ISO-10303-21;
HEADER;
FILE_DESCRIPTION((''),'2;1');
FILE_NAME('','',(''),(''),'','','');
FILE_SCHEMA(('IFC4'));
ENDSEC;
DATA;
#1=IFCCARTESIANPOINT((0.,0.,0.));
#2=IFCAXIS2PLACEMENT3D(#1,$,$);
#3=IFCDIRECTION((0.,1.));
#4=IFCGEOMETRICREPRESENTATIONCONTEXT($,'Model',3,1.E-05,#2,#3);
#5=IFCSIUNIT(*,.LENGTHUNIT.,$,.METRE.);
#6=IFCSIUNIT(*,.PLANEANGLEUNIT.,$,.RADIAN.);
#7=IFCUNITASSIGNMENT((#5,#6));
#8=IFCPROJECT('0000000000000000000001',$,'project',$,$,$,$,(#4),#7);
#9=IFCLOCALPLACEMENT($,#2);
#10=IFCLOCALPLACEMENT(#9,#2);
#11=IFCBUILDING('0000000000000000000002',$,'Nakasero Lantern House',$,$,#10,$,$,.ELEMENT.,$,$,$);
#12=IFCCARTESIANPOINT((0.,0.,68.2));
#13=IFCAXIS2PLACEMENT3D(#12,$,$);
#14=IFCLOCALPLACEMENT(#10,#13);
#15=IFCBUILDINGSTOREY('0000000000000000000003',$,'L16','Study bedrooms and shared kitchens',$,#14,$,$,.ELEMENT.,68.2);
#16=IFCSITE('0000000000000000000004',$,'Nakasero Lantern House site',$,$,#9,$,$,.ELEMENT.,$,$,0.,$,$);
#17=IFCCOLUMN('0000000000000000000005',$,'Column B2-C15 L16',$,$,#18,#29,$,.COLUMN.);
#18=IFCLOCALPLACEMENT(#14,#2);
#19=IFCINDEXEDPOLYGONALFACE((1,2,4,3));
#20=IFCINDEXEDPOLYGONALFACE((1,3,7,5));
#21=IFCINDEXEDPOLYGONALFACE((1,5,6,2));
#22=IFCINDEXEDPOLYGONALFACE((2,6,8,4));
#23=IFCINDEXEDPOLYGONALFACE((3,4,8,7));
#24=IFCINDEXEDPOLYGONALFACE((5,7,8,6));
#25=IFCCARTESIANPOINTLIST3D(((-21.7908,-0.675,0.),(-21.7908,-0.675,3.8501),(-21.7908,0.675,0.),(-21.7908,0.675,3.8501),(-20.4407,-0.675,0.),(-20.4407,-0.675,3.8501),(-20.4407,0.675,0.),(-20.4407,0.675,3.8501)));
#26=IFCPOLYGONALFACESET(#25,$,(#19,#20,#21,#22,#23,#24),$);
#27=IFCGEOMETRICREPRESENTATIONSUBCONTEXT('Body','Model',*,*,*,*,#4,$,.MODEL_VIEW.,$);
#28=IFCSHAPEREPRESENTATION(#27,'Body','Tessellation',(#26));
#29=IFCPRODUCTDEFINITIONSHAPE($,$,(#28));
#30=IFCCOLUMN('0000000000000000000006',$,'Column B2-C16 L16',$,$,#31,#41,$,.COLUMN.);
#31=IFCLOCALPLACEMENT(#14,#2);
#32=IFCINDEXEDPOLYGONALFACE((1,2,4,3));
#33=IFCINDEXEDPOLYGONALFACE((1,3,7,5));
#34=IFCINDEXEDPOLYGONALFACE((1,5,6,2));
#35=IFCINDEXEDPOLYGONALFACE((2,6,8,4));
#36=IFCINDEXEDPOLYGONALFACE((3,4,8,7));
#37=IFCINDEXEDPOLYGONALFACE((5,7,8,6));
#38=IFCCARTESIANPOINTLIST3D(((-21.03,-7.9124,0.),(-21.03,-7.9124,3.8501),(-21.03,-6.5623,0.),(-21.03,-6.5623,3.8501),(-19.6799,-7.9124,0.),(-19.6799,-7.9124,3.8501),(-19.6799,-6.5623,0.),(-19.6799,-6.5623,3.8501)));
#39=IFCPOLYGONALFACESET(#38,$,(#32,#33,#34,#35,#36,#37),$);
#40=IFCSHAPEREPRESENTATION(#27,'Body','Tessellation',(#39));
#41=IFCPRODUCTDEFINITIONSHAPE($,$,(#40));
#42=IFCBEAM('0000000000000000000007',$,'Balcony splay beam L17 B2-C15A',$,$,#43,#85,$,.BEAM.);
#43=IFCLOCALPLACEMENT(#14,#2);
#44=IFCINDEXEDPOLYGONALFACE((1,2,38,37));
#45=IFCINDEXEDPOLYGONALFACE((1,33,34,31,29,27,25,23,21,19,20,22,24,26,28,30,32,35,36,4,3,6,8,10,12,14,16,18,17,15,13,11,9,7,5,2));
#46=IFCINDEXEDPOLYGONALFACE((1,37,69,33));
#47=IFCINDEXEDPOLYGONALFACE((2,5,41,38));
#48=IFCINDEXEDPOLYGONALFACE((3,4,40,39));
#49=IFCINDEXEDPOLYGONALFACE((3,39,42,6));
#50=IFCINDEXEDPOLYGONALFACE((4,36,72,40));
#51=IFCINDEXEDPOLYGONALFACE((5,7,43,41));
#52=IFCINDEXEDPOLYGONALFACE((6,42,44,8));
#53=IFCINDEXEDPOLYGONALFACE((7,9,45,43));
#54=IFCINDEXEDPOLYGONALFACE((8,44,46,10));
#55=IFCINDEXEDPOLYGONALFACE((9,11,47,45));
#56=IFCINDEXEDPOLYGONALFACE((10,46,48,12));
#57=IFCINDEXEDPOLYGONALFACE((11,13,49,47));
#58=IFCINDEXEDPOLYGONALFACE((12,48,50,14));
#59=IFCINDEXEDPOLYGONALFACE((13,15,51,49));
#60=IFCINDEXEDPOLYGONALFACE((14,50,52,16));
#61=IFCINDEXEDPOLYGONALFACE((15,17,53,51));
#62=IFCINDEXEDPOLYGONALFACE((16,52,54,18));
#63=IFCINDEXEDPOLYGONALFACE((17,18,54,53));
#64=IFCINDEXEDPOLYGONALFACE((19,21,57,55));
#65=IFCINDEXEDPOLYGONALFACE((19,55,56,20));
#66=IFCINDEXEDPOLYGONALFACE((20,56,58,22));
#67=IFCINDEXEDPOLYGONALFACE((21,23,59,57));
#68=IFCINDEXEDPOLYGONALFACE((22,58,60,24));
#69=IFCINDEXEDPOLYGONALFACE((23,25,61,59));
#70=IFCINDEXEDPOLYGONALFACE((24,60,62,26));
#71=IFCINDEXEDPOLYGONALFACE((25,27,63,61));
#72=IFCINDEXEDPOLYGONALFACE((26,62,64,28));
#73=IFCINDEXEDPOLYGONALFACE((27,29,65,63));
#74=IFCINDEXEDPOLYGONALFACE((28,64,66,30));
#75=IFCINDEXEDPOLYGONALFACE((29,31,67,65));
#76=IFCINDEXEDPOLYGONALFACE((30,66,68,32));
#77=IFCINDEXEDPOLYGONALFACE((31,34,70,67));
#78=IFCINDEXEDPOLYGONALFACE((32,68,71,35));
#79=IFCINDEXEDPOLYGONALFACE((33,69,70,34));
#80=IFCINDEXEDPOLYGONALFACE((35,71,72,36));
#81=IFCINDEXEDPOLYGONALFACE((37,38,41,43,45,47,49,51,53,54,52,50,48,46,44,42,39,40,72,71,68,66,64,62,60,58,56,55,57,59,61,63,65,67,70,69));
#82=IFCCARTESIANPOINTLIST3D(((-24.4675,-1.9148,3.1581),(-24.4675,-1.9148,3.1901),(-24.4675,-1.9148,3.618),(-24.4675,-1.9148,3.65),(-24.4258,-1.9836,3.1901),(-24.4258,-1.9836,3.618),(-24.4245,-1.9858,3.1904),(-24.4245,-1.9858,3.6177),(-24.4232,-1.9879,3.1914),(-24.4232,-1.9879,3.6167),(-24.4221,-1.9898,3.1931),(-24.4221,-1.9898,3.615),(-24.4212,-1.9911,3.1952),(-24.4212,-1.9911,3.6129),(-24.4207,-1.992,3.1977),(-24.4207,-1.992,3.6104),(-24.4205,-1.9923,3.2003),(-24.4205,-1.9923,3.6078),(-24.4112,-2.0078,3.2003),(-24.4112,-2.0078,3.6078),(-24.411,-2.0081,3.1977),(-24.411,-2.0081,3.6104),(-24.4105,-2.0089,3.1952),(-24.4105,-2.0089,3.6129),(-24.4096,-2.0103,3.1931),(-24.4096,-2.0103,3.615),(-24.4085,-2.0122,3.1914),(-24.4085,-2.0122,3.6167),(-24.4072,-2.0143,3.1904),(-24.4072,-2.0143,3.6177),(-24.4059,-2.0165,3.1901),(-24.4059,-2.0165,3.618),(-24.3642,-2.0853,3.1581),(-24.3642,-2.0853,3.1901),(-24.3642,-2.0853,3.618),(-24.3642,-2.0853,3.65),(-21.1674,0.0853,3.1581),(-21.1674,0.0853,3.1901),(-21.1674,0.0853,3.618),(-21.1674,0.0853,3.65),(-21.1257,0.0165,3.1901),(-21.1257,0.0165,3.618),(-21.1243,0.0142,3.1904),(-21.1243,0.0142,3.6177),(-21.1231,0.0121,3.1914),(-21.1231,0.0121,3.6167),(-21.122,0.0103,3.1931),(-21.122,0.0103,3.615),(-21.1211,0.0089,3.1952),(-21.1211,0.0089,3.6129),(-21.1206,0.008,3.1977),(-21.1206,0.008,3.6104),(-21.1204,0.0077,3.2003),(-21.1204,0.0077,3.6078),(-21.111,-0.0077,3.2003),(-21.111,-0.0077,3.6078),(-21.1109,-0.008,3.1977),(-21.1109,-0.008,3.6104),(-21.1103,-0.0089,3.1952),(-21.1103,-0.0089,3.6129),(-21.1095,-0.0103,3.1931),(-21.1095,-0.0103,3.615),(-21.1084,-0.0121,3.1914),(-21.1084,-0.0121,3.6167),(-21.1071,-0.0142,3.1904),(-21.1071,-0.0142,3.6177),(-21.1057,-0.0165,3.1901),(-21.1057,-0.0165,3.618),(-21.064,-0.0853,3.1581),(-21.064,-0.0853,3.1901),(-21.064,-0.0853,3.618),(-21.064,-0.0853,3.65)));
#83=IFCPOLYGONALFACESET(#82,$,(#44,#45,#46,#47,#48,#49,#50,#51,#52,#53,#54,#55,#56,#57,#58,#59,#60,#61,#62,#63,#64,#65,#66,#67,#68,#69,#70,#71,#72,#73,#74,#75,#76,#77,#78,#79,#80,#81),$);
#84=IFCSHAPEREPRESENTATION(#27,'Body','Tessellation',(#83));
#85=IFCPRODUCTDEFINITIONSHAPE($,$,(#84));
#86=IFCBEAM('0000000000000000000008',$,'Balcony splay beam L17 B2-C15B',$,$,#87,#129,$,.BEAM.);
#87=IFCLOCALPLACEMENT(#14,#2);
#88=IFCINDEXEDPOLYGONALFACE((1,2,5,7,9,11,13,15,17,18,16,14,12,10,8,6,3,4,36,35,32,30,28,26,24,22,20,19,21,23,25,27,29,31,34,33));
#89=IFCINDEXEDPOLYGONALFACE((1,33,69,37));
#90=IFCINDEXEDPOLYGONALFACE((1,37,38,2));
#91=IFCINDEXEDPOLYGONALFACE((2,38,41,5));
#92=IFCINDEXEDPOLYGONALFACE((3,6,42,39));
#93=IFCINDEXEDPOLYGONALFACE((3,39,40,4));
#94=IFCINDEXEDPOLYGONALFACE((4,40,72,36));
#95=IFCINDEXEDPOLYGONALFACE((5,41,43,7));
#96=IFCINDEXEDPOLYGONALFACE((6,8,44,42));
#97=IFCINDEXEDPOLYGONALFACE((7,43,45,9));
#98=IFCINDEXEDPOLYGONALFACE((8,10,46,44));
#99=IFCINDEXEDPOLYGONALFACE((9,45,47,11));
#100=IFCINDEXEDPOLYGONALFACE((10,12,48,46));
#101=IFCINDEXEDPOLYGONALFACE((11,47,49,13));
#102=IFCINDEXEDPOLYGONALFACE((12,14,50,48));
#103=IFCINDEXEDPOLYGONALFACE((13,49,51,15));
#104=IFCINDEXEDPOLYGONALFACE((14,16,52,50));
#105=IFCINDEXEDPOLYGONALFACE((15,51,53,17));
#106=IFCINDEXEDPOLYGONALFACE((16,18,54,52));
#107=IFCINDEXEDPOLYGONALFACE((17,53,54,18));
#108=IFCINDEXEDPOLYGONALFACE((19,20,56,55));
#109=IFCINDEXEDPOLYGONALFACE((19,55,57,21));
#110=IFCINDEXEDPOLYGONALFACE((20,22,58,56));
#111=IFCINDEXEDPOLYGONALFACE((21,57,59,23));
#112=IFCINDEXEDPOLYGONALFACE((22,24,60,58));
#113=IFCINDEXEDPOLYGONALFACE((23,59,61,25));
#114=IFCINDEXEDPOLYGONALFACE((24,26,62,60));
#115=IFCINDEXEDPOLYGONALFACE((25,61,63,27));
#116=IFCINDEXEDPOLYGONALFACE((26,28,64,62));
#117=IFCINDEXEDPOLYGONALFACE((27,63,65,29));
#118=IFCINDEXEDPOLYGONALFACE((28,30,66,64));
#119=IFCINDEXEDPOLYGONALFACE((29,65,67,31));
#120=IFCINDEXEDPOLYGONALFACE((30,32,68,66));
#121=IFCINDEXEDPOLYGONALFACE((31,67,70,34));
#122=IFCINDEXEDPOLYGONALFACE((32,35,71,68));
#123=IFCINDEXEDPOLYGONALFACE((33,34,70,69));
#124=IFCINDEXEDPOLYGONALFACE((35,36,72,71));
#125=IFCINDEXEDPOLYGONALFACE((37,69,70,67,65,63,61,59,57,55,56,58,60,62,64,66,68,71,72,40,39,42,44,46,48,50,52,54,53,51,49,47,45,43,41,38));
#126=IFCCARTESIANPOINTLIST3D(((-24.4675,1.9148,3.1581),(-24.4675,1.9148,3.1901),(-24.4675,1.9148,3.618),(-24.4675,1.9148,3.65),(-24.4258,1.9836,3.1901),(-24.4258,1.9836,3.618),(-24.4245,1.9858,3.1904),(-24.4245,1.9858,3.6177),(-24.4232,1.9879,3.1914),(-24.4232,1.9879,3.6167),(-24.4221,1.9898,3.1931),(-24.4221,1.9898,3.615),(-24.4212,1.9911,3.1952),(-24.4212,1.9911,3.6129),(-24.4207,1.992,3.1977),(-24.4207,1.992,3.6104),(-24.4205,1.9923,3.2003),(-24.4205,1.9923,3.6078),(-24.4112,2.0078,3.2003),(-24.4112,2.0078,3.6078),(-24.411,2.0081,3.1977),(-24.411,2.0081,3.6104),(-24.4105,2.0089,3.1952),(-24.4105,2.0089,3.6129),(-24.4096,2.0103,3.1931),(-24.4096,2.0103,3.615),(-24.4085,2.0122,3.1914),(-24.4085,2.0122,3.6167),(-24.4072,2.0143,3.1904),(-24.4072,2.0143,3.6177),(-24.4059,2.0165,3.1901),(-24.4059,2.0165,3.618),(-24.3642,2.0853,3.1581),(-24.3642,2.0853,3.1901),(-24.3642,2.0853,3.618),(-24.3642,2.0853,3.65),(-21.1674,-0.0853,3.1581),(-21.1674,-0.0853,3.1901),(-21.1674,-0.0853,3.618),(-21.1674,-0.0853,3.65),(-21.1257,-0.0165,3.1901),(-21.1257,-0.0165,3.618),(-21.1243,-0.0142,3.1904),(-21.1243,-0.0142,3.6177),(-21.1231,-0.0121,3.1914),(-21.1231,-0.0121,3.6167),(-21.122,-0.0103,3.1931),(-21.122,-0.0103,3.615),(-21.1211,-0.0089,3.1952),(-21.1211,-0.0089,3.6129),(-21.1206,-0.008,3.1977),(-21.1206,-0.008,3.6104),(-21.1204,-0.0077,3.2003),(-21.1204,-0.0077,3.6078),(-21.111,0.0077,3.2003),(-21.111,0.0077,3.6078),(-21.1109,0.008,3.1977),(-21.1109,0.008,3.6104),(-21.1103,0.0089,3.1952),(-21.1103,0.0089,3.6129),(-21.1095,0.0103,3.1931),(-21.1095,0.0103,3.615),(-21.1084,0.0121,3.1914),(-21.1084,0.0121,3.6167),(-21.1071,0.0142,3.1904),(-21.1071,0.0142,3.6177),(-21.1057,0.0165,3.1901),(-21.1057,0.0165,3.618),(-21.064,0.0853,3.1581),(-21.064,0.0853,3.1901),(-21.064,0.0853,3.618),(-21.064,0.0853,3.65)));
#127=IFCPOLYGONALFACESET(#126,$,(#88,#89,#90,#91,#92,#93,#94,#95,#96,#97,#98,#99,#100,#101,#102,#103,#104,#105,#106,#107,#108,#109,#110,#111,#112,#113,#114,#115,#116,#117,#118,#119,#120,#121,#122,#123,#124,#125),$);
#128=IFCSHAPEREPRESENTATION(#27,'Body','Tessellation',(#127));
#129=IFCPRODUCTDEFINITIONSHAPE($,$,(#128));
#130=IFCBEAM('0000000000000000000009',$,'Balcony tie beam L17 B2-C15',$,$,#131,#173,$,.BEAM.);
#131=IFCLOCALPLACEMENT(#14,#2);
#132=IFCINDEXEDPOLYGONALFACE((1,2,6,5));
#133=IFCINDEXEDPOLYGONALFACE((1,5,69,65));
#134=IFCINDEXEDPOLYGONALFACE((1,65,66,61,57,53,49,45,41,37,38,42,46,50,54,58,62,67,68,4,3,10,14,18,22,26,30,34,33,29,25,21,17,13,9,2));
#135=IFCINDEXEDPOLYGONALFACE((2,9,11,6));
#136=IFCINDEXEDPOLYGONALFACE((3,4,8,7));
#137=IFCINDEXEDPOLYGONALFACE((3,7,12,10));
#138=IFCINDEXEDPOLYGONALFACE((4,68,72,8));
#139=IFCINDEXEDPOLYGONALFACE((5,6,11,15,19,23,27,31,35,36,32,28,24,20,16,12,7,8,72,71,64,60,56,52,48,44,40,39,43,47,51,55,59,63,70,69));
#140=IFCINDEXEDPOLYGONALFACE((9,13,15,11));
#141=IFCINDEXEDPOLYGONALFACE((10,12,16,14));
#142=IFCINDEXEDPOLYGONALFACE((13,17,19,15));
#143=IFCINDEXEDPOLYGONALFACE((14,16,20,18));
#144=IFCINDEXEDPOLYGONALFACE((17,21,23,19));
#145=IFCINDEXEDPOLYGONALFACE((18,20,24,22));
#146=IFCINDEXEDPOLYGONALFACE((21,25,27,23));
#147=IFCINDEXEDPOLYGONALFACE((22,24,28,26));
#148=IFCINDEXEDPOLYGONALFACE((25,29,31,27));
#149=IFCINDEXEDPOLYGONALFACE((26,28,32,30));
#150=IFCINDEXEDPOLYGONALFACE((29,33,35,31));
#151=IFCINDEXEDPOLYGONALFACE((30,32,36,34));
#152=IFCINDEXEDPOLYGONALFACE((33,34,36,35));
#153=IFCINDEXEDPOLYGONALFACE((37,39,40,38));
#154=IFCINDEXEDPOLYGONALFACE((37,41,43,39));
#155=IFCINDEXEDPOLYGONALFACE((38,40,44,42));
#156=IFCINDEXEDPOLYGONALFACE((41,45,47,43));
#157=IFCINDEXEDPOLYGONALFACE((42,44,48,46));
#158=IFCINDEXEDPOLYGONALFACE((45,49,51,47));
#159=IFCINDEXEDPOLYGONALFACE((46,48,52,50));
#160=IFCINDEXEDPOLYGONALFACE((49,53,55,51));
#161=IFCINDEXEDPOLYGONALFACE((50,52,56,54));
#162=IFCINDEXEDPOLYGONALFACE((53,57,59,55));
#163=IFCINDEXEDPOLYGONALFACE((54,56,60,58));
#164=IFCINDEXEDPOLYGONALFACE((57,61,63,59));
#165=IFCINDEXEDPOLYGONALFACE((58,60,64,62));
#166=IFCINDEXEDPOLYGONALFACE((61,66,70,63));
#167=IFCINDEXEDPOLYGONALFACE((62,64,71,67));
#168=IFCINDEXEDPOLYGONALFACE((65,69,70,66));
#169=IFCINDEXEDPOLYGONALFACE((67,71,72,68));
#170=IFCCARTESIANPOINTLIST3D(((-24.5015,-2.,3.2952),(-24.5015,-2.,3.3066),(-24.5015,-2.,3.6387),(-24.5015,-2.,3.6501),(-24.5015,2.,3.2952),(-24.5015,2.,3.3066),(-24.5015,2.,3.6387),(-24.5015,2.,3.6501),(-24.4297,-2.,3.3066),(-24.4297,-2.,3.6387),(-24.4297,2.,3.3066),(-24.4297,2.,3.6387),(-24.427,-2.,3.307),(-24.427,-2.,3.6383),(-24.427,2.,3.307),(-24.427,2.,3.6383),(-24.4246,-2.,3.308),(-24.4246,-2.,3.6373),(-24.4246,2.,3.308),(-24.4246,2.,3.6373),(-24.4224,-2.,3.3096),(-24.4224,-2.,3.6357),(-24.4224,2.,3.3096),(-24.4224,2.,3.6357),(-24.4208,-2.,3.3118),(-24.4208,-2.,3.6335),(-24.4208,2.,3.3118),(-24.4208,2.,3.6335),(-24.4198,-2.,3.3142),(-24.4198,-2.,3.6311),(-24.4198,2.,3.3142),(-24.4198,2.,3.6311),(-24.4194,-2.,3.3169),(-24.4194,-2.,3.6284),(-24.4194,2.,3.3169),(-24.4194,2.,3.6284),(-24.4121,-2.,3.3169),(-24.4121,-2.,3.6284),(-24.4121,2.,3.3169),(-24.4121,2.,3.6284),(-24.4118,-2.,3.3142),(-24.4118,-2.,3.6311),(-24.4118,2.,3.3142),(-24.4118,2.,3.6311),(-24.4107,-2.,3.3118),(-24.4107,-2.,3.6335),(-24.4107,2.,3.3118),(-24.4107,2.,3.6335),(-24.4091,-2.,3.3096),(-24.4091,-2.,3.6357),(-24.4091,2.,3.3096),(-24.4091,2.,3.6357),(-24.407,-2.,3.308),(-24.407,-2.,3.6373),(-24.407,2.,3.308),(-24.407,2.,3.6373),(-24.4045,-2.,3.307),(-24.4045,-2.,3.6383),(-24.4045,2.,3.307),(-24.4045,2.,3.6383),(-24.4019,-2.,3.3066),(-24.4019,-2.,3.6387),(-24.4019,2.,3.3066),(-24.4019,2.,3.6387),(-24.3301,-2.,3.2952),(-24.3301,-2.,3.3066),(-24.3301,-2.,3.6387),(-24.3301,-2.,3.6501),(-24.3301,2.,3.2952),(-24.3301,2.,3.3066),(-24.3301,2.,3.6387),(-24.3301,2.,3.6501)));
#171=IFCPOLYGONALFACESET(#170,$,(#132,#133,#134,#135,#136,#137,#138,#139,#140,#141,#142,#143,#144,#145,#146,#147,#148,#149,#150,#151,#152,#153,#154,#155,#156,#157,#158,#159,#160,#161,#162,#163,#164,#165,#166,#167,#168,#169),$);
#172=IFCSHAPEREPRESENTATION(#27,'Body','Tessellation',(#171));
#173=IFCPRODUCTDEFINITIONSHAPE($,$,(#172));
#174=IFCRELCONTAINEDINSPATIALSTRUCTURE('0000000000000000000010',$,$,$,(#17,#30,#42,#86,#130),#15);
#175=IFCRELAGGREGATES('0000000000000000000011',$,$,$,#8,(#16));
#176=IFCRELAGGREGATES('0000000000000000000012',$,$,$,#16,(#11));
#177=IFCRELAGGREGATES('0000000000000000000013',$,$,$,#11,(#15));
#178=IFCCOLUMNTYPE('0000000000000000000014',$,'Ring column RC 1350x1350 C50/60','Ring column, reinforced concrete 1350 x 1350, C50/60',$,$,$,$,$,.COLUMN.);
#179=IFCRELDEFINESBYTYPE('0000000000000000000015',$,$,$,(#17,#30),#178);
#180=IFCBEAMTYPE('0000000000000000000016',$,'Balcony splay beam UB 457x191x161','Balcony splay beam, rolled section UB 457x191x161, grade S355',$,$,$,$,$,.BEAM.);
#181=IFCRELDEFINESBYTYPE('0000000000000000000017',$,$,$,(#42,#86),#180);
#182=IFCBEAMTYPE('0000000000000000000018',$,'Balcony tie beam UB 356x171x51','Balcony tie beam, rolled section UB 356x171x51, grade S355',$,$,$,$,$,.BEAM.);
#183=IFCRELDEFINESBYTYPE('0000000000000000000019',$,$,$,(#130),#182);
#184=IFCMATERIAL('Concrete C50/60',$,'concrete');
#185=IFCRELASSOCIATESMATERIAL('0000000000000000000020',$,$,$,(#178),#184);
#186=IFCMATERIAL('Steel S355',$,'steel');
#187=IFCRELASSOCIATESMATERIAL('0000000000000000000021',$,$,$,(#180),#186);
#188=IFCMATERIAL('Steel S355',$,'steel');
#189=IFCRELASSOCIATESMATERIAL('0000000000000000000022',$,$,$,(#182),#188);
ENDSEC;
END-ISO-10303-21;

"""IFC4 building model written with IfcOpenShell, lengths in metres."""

from ifc_helpers import new_model, si_unit, direction, frame, origin, origin_2d, place, context, subcontext, project, spatial, rectangle, i_section, extrude, material, material_profile, profile_set, type_object, element, save


model = new_model("IFC4")

# Units and contexts
model_context = context("Model", 3, precision=1e-05, world=origin(), true_north=direction((0.0, 1.0)))
body_context = subcontext(model_context, "Body", "Model", "MODEL_VIEW")
ifc_project = project(units=[si_unit("LENGTHUNIT", "METRE"), si_unit("PLANEANGLEUNIT", "RADIAN")], contexts=[model_context])

# Site, building, storey
site_placement = place(None, origin())
site = spatial("IfcSite", under=ifc_project, at=site_placement, Name="Nakasero Lantern House site", CompositionType="ELEMENT", RefElevation=0.0)
building_placement = place(site_placement, origin())
building = spatial("IfcBuilding", under=site, at=building_placement, Name="Nakasero Lantern House", CompositionType="ELEMENT")
storey_placement = place(building_placement, frame((0.0, 0.0, 68.2)))
storey = spatial("IfcBuildingStorey", under=building, at=storey_placement, Name="L16", Description="Study bedrooms and shared kitchens", CompositionType="ELEMENT", Elevation=68.2)

# Columns
ifc_material_1 = material(Name="Concrete C50/60", Category="concrete")
ifc_material_profile_1 = material_profile(ifc_material_1, rectangle(XDim=1.3501, YDim=1.3501, at=origin_2d()), Name="RC 1350x1350")
ifc_profile_set_1 = profile_set([ifc_material_profile_1], Name="Concrete C50/60")
column_type = type_object("IfcColumnType", Name="Ring column RC 1350x1350 C50/60", Description="Ring column, reinforced concrete 1350 x 1350, C50/60", PredefinedType="COLUMN", material=ifc_profile_set_1)
for number, where, z_axis, x_axis, name in (
    (1, (-21.1157, 0.0, 0.0), (0.0, 0.0, 1.0), (1.0, 0.0, 0.0), "Column B2-C15 L16"),
    (2, (-20.355, -7.2373, 0.0), (0.0, 0.0, 1.0), (1.0, 0.0, 0.0), "Column B2-C16 L16"),
):
    element("IfcColumn", number, at=place(storey_placement, frame(where, z_axis=z_axis, x_axis=x_axis)), inside=storey, type_object=column_type, Name=name, PredefinedType="COLUMN", context=body_context, shape_type="SweptSolid", body=[
        extrude(rectangle(XDim=1.3501, YDim=1.3501, at=origin_2d()), origin(), (0.0, 0.0, 1.0), 3.8501),
    ])

# Beams
ifc_material_2 = material(Name="Steel S355", Category="steel")
ifc_material_profile_2 = material_profile(ifc_material_2, i_section(OverallWidth=0.1995, OverallDepth=0.4919, WebThickness=0.0181, FlangeThickness=0.032, FilletRadius=0.0103, at=origin_2d()), Name="UB 457x191x161")
ifc_profile_set_2 = profile_set([ifc_material_profile_2], Name="Steel S355")
beam_type_1 = type_object("IfcBeamType", Name="Balcony splay beam UB 457x191x161", Description="Balcony splay beam, rolled section UB 457x191x161, grade S355", PredefinedType="BEAM", material=ifc_profile_set_2)
for number, where, z_axis, x_axis, name in (
    (3, (-21.1157, 0.0, 3.4041), (-0.855201, -0.518296, 0.0), (0.518296, -0.855201, 0.0), "Balcony splay beam L17 B2-C15A"),
    (4, (-21.1157, 0.0, 3.4041), (-0.855201, 0.518296, 0.0), (-0.518296, -0.855201, 0.0), "Balcony splay beam L17 B2-C15B"),
):
    element("IfcBeam", number, at=place(storey_placement, frame(where, z_axis=z_axis, x_axis=x_axis)), inside=storey, type_object=beam_type_1, Name=name, PredefinedType="BEAM", context=body_context, shape_type="SweptSolid", body=[
        extrude(i_section(OverallWidth=0.1995, OverallDepth=0.4919, WebThickness=0.0181, FlangeThickness=0.032, FilletRadius=0.0103, at=origin_2d()), origin(), (0.0, 0.0, 1.0), 3.8589),
    ])
ifc_material_3 = material(Name="Steel S355", Category="steel")
ifc_material_profile_3 = material_profile(ifc_material_3, i_section(OverallWidth=0.1714, OverallDepth=0.355, WebThickness=0.0073, FlangeThickness=0.0115, FilletRadius=0.0103, at=origin_2d()), Name="UB 356x171x51")
ifc_profile_set_3 = profile_set([ifc_material_profile_3], Name="Steel S355")
beam_type_2 = type_object("IfcBeamType", Name="Balcony tie beam UB 356x171x51", Description="Balcony tie beam, rolled section UB 356x171x51, grade S355", PredefinedType="BEAM", material=ifc_profile_set_3)
beam_1_placement = place(storey_placement, frame((-24.4158, -2.0, 3.4727), z_axis=(0.0, 1.0, 0.0), x_axis=(-1.0, 0.0, 0.0)))
element("IfcBeam", 5, at=beam_1_placement, inside=storey, type_object=beam_type_2, Name="Balcony tie beam L17 B2-C15", PredefinedType="BEAM", context=body_context, shape_type="SweptSolid", body=[
    extrude(i_section(OverallWidth=0.1714, OverallDepth=0.355, WebThickness=0.0073, FlangeThickness=0.0115, FilletRadius=0.0103, at=origin_2d()), origin(), (0.0, 0.0, 1.0), 4.0),
])

save(model, "model.ifc")
